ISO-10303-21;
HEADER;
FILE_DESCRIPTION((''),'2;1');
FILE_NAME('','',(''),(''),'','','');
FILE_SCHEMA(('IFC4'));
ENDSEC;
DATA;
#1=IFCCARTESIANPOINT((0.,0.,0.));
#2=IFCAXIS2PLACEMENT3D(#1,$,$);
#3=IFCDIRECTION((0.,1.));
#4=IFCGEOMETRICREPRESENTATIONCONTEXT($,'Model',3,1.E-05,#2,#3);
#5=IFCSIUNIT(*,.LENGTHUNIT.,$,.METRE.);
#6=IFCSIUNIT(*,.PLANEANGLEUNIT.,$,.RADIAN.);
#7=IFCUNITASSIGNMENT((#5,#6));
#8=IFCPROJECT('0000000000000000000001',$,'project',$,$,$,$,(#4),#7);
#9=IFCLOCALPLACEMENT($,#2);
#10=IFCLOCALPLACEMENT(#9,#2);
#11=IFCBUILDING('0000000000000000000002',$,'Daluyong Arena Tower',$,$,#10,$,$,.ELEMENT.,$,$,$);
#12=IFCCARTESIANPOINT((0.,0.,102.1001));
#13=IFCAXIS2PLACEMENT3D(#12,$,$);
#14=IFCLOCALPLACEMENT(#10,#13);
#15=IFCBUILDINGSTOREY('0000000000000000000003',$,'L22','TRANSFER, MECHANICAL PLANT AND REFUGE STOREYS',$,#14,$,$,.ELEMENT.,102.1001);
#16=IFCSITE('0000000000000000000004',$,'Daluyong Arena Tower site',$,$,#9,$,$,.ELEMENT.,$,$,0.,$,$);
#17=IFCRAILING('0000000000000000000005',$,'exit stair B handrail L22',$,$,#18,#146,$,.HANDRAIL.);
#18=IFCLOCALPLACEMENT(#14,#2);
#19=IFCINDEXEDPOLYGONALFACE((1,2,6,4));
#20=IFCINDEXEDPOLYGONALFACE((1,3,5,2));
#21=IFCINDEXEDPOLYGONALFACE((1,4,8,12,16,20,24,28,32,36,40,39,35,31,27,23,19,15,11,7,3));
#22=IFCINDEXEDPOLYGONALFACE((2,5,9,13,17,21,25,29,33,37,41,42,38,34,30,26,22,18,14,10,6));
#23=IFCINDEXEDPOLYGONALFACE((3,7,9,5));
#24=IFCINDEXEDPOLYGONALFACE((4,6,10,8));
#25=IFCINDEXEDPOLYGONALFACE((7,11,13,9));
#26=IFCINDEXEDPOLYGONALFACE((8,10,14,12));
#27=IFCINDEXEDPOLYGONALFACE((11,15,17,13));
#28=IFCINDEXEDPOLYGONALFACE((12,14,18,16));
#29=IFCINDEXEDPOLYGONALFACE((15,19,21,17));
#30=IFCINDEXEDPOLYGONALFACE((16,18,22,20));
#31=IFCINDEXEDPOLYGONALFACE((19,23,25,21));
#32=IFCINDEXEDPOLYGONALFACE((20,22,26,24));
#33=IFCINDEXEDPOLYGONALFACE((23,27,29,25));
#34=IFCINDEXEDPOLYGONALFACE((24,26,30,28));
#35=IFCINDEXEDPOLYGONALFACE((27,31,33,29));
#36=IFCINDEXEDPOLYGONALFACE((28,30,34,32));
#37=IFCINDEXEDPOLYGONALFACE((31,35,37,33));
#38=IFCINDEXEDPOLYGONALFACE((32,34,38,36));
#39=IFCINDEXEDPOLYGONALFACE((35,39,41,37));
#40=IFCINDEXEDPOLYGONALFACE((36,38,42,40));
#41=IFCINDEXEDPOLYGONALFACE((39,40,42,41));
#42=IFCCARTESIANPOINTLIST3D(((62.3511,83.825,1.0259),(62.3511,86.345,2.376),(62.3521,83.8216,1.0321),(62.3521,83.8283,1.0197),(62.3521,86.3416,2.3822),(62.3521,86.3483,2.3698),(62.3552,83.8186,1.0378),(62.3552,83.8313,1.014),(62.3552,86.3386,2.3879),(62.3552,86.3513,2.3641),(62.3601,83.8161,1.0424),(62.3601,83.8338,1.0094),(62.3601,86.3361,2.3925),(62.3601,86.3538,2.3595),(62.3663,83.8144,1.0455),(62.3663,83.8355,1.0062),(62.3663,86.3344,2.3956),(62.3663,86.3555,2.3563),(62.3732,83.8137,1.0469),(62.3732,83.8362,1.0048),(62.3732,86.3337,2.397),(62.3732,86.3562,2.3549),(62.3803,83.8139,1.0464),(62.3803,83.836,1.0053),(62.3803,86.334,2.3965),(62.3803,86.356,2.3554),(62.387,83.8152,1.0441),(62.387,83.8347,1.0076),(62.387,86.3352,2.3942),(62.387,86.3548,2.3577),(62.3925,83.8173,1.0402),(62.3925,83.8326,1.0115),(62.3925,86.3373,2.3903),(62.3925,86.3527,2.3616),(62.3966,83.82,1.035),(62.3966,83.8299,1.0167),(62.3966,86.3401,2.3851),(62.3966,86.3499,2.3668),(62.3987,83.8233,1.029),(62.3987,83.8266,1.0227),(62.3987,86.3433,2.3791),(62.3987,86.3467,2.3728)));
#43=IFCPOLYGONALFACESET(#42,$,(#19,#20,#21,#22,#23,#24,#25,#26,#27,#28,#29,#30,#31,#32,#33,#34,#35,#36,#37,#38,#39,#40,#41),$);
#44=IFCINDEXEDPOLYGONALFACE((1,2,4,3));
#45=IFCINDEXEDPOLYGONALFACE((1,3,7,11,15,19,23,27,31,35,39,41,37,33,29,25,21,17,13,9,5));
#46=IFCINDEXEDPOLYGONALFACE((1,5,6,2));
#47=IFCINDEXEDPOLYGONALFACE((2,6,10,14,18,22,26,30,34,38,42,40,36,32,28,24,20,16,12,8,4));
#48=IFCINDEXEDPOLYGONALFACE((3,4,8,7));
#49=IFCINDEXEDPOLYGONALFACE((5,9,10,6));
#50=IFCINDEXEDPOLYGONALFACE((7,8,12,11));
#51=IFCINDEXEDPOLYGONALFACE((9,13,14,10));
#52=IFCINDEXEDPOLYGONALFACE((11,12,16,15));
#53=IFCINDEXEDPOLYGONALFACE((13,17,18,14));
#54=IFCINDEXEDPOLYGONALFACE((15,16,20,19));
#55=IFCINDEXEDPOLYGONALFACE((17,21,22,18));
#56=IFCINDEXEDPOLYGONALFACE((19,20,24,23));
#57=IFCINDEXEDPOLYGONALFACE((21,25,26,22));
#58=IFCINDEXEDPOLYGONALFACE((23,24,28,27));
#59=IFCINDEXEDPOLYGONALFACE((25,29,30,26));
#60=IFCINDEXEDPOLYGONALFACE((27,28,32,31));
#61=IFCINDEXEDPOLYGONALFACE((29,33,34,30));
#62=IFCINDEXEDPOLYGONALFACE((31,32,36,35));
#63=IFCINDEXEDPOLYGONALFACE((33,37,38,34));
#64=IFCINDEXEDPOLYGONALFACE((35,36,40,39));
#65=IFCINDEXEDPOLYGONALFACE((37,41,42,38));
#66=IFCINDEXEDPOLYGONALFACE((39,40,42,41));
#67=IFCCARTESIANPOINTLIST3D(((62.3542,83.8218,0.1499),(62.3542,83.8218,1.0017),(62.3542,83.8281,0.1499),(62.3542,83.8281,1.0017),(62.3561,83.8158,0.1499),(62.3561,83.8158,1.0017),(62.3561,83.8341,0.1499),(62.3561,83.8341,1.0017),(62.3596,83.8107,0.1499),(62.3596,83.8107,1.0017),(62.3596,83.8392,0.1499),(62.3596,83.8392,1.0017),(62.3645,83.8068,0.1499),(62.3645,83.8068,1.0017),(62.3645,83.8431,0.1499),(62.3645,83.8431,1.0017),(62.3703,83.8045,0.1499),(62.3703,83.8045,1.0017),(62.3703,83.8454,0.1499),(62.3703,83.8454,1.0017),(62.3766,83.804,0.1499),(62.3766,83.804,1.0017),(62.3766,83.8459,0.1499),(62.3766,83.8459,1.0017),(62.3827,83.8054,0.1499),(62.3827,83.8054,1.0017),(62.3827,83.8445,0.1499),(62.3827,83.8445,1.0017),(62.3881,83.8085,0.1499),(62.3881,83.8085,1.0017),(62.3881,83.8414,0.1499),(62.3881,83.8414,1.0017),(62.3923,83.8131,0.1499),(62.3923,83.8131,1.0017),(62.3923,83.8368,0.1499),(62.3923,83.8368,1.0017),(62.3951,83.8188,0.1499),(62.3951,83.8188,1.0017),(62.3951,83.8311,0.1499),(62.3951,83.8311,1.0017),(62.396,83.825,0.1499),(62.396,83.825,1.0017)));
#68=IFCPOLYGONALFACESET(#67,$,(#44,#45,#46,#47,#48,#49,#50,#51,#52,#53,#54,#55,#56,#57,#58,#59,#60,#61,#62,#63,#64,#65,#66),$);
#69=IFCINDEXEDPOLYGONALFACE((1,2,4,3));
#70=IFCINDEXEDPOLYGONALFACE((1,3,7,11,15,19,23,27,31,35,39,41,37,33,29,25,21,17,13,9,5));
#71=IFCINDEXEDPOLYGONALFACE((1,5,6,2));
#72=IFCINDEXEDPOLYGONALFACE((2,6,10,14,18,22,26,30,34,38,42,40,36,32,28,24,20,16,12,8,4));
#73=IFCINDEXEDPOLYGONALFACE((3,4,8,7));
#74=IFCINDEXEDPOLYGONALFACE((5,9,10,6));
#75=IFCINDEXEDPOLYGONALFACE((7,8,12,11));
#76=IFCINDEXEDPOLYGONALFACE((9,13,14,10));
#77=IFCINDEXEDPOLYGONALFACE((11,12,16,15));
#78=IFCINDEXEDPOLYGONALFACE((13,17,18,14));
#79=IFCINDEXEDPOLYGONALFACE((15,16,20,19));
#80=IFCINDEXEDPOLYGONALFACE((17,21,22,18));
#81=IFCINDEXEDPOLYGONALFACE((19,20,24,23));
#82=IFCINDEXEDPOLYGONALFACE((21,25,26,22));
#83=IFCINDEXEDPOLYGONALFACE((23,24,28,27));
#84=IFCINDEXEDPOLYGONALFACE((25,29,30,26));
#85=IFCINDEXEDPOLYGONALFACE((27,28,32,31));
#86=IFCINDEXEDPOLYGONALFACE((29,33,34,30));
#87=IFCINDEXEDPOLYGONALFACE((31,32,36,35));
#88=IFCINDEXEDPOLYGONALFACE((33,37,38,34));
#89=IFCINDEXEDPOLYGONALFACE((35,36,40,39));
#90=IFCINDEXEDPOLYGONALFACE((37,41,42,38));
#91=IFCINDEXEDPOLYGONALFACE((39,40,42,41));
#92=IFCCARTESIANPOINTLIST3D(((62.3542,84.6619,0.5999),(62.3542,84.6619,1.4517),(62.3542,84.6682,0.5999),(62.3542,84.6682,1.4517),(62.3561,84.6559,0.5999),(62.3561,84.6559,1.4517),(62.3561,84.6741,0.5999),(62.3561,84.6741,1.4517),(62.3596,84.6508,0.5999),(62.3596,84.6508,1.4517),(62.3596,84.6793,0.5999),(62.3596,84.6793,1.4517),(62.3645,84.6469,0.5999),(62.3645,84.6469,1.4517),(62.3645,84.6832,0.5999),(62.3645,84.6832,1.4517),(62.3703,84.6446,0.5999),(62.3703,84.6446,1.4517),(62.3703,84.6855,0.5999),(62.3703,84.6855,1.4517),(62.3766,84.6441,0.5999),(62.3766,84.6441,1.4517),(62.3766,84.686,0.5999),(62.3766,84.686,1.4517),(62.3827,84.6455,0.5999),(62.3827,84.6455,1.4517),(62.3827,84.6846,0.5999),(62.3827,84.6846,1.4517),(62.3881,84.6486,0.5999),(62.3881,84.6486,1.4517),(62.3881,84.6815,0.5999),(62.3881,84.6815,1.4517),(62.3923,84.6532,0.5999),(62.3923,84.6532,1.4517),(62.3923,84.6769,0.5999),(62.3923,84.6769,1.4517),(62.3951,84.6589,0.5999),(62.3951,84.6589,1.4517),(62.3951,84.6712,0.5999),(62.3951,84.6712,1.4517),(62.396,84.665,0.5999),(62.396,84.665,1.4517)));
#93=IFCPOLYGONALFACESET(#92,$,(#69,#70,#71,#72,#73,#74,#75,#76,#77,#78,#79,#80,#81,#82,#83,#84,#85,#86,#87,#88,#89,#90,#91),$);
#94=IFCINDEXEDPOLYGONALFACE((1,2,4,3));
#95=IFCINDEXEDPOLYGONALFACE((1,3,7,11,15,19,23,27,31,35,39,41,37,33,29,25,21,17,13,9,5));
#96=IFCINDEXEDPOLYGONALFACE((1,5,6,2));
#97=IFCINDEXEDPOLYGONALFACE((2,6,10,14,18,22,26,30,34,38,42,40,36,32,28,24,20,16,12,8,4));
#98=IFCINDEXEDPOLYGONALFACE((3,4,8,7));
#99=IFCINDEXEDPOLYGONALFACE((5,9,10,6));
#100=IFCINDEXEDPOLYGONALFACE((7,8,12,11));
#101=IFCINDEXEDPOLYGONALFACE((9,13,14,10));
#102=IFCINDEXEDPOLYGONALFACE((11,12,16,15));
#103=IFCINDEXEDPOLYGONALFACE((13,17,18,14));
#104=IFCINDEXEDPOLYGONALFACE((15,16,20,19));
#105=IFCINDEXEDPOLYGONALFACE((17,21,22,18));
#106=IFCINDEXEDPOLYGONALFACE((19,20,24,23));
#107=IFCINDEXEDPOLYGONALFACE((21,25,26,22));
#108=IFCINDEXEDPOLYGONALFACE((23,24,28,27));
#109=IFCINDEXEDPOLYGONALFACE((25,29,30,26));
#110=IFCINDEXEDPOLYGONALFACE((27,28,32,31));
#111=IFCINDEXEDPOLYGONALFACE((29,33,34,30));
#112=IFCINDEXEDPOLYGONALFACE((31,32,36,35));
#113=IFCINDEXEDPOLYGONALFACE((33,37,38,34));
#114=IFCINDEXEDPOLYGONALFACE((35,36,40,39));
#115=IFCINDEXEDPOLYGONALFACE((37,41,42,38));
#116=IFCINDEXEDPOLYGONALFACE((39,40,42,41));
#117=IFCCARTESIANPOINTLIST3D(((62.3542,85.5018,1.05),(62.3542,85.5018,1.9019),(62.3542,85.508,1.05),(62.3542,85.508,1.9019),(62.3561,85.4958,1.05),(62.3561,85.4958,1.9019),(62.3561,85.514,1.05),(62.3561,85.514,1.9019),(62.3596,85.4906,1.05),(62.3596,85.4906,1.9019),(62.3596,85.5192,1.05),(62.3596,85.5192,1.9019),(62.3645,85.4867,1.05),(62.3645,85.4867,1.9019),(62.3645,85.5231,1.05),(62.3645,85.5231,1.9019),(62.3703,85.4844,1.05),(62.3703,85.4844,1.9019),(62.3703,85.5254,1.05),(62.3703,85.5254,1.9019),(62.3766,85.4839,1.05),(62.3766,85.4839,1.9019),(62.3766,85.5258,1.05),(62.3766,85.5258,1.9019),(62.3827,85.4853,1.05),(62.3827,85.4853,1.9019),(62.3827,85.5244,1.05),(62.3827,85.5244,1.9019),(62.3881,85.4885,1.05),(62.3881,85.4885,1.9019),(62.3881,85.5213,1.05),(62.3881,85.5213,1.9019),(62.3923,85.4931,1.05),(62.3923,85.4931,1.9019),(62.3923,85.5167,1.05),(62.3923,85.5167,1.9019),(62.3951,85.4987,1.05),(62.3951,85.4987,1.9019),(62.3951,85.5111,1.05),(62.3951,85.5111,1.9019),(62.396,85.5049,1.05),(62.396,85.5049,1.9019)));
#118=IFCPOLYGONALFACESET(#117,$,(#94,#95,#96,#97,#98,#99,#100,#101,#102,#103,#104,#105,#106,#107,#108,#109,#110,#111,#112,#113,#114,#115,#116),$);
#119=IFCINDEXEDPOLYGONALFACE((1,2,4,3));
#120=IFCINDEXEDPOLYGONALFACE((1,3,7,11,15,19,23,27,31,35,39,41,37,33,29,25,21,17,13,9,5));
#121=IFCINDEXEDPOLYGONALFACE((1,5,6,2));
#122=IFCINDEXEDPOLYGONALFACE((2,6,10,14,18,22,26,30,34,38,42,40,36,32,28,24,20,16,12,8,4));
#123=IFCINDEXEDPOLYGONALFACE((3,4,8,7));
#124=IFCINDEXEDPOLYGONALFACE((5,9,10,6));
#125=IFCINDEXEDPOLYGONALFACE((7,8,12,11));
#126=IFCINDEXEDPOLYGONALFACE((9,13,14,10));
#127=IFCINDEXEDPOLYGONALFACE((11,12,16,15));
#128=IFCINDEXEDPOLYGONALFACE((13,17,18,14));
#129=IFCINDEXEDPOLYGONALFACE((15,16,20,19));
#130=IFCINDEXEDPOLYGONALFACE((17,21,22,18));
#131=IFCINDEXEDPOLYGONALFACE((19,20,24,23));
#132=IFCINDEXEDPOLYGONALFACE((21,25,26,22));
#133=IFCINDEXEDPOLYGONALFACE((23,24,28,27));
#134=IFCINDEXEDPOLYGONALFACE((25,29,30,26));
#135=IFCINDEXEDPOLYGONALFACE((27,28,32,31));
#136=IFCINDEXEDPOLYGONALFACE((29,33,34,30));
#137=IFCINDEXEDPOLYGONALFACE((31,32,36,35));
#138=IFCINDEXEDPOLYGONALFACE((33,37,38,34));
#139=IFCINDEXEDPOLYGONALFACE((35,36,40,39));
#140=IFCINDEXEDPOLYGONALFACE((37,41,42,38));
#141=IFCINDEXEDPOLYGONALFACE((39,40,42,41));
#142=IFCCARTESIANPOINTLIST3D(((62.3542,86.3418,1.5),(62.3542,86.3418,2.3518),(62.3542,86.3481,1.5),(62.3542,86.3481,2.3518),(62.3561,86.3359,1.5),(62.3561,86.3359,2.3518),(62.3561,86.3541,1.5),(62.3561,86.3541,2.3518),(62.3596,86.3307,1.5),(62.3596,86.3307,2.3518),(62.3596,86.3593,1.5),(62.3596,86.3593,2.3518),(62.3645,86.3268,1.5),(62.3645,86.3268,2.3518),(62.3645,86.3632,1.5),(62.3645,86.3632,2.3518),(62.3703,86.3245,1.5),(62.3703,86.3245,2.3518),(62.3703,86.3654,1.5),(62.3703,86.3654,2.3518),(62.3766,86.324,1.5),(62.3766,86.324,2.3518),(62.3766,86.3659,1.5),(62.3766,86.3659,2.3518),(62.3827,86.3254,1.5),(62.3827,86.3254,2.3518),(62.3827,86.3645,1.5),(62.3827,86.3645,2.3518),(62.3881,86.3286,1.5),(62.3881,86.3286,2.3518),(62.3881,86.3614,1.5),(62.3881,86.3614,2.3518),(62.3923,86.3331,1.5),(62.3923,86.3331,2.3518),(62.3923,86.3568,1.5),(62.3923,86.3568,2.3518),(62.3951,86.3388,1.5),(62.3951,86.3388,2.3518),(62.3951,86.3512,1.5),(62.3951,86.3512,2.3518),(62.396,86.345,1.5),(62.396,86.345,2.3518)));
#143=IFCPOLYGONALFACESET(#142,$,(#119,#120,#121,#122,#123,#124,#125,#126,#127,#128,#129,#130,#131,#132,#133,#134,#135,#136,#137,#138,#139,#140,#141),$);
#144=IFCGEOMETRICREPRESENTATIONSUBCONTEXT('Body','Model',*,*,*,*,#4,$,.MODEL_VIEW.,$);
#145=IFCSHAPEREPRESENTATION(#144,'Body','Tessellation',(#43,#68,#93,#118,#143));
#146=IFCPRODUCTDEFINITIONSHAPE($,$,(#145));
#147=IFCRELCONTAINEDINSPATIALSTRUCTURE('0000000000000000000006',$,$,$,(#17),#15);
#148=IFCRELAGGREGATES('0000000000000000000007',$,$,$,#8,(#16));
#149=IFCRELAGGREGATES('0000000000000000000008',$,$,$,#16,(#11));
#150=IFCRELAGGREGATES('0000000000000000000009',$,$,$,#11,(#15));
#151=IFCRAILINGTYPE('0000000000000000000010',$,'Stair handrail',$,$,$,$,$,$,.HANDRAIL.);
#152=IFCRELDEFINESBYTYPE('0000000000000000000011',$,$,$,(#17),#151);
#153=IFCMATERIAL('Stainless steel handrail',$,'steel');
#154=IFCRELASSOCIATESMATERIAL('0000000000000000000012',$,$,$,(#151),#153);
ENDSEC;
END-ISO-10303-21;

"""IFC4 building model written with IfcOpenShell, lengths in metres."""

from ifc_helpers import new_model, si_unit, direction, frame, origin, origin_2d, place, context, subcontext, project, spatial, circle, extrude, material, type_object, element, save


model = new_model("IFC4")

# Units and contexts
model_context = context("Model", 3, precision=1e-05, world=origin(), true_north=direction((0.0, 1.0)))
body_context = subcontext(model_context, "Body", "Model", "MODEL_VIEW")
ifc_project = project(units=[si_unit("LENGTHUNIT", "METRE"), si_unit("PLANEANGLEUNIT", "RADIAN")], contexts=[model_context])

# Site, building, storey
site_placement = place(None, origin())
site = spatial("IfcSite", under=ifc_project, at=site_placement, Name="Daluyong Arena Tower site", CompositionType="ELEMENT", RefElevation=0.0)
building_placement = place(site_placement, origin())
building = spatial("IfcBuilding", under=site, at=building_placement, Name="Daluyong Arena Tower", CompositionType="ELEMENT")
storey_placement = place(building_placement, frame((0.0, 0.0, 102.1001)))
storey = spatial("IfcBuildingStorey", under=building, at=storey_placement, Name="L22", Description="TRANSFER, MECHANICAL PLANT AND REFUGE STOREYS", CompositionType="ELEMENT", Elevation=102.1001)

# Railing
ifc_material_1 = material(Name="Stainless steel handrail", Category="steel")
railing_type_1 = type_object("IfcRailingType", Name="Stair handrail", PredefinedType="HANDRAIL", material=ifc_material_1)
for number, where, name in (
    (1, (62.375, 83.825, 0.1499), "exit stair B handrail L22"),
):
    element("IfcRailing", number, at=place(storey_placement, frame(where)), inside=storey, type_object=railing_type_1, Name=name, PredefinedType="HANDRAIL", context=body_context, shape_type="SweptSolid", body=[
        extrude(circle(Radius=0.0239, at=origin_2d()), frame((0.0, 0.0, 0.876), z_axis=(0.0, 0.881467, 0.472245), x_axis=(-1.0, 0.0, 0.0)), (0.0, 0.0, 1.0), 2.8589),
        extrude(circle(Radius=0.021, at=origin_2d()), origin(), (0.0, 0.0, 1.0), 0.8518),
        extrude(circle(Radius=0.021, at=origin_2d()), frame((0.0, 0.8401, 0.45)), (0.0, 0.0, 1.0), 0.8518),
        extrude(circle(Radius=0.021, at=origin_2d()), frame((0.0, 1.6799, 0.9001)), (0.0, 0.0, 1.0), 0.8518),
        extrude(circle(Radius=0.021, at=origin_2d()), frame((0.0, 2.52, 1.3501)), (0.0, 0.0, 1.0), 0.8518),
    ])

save(model, "model.ifc")
